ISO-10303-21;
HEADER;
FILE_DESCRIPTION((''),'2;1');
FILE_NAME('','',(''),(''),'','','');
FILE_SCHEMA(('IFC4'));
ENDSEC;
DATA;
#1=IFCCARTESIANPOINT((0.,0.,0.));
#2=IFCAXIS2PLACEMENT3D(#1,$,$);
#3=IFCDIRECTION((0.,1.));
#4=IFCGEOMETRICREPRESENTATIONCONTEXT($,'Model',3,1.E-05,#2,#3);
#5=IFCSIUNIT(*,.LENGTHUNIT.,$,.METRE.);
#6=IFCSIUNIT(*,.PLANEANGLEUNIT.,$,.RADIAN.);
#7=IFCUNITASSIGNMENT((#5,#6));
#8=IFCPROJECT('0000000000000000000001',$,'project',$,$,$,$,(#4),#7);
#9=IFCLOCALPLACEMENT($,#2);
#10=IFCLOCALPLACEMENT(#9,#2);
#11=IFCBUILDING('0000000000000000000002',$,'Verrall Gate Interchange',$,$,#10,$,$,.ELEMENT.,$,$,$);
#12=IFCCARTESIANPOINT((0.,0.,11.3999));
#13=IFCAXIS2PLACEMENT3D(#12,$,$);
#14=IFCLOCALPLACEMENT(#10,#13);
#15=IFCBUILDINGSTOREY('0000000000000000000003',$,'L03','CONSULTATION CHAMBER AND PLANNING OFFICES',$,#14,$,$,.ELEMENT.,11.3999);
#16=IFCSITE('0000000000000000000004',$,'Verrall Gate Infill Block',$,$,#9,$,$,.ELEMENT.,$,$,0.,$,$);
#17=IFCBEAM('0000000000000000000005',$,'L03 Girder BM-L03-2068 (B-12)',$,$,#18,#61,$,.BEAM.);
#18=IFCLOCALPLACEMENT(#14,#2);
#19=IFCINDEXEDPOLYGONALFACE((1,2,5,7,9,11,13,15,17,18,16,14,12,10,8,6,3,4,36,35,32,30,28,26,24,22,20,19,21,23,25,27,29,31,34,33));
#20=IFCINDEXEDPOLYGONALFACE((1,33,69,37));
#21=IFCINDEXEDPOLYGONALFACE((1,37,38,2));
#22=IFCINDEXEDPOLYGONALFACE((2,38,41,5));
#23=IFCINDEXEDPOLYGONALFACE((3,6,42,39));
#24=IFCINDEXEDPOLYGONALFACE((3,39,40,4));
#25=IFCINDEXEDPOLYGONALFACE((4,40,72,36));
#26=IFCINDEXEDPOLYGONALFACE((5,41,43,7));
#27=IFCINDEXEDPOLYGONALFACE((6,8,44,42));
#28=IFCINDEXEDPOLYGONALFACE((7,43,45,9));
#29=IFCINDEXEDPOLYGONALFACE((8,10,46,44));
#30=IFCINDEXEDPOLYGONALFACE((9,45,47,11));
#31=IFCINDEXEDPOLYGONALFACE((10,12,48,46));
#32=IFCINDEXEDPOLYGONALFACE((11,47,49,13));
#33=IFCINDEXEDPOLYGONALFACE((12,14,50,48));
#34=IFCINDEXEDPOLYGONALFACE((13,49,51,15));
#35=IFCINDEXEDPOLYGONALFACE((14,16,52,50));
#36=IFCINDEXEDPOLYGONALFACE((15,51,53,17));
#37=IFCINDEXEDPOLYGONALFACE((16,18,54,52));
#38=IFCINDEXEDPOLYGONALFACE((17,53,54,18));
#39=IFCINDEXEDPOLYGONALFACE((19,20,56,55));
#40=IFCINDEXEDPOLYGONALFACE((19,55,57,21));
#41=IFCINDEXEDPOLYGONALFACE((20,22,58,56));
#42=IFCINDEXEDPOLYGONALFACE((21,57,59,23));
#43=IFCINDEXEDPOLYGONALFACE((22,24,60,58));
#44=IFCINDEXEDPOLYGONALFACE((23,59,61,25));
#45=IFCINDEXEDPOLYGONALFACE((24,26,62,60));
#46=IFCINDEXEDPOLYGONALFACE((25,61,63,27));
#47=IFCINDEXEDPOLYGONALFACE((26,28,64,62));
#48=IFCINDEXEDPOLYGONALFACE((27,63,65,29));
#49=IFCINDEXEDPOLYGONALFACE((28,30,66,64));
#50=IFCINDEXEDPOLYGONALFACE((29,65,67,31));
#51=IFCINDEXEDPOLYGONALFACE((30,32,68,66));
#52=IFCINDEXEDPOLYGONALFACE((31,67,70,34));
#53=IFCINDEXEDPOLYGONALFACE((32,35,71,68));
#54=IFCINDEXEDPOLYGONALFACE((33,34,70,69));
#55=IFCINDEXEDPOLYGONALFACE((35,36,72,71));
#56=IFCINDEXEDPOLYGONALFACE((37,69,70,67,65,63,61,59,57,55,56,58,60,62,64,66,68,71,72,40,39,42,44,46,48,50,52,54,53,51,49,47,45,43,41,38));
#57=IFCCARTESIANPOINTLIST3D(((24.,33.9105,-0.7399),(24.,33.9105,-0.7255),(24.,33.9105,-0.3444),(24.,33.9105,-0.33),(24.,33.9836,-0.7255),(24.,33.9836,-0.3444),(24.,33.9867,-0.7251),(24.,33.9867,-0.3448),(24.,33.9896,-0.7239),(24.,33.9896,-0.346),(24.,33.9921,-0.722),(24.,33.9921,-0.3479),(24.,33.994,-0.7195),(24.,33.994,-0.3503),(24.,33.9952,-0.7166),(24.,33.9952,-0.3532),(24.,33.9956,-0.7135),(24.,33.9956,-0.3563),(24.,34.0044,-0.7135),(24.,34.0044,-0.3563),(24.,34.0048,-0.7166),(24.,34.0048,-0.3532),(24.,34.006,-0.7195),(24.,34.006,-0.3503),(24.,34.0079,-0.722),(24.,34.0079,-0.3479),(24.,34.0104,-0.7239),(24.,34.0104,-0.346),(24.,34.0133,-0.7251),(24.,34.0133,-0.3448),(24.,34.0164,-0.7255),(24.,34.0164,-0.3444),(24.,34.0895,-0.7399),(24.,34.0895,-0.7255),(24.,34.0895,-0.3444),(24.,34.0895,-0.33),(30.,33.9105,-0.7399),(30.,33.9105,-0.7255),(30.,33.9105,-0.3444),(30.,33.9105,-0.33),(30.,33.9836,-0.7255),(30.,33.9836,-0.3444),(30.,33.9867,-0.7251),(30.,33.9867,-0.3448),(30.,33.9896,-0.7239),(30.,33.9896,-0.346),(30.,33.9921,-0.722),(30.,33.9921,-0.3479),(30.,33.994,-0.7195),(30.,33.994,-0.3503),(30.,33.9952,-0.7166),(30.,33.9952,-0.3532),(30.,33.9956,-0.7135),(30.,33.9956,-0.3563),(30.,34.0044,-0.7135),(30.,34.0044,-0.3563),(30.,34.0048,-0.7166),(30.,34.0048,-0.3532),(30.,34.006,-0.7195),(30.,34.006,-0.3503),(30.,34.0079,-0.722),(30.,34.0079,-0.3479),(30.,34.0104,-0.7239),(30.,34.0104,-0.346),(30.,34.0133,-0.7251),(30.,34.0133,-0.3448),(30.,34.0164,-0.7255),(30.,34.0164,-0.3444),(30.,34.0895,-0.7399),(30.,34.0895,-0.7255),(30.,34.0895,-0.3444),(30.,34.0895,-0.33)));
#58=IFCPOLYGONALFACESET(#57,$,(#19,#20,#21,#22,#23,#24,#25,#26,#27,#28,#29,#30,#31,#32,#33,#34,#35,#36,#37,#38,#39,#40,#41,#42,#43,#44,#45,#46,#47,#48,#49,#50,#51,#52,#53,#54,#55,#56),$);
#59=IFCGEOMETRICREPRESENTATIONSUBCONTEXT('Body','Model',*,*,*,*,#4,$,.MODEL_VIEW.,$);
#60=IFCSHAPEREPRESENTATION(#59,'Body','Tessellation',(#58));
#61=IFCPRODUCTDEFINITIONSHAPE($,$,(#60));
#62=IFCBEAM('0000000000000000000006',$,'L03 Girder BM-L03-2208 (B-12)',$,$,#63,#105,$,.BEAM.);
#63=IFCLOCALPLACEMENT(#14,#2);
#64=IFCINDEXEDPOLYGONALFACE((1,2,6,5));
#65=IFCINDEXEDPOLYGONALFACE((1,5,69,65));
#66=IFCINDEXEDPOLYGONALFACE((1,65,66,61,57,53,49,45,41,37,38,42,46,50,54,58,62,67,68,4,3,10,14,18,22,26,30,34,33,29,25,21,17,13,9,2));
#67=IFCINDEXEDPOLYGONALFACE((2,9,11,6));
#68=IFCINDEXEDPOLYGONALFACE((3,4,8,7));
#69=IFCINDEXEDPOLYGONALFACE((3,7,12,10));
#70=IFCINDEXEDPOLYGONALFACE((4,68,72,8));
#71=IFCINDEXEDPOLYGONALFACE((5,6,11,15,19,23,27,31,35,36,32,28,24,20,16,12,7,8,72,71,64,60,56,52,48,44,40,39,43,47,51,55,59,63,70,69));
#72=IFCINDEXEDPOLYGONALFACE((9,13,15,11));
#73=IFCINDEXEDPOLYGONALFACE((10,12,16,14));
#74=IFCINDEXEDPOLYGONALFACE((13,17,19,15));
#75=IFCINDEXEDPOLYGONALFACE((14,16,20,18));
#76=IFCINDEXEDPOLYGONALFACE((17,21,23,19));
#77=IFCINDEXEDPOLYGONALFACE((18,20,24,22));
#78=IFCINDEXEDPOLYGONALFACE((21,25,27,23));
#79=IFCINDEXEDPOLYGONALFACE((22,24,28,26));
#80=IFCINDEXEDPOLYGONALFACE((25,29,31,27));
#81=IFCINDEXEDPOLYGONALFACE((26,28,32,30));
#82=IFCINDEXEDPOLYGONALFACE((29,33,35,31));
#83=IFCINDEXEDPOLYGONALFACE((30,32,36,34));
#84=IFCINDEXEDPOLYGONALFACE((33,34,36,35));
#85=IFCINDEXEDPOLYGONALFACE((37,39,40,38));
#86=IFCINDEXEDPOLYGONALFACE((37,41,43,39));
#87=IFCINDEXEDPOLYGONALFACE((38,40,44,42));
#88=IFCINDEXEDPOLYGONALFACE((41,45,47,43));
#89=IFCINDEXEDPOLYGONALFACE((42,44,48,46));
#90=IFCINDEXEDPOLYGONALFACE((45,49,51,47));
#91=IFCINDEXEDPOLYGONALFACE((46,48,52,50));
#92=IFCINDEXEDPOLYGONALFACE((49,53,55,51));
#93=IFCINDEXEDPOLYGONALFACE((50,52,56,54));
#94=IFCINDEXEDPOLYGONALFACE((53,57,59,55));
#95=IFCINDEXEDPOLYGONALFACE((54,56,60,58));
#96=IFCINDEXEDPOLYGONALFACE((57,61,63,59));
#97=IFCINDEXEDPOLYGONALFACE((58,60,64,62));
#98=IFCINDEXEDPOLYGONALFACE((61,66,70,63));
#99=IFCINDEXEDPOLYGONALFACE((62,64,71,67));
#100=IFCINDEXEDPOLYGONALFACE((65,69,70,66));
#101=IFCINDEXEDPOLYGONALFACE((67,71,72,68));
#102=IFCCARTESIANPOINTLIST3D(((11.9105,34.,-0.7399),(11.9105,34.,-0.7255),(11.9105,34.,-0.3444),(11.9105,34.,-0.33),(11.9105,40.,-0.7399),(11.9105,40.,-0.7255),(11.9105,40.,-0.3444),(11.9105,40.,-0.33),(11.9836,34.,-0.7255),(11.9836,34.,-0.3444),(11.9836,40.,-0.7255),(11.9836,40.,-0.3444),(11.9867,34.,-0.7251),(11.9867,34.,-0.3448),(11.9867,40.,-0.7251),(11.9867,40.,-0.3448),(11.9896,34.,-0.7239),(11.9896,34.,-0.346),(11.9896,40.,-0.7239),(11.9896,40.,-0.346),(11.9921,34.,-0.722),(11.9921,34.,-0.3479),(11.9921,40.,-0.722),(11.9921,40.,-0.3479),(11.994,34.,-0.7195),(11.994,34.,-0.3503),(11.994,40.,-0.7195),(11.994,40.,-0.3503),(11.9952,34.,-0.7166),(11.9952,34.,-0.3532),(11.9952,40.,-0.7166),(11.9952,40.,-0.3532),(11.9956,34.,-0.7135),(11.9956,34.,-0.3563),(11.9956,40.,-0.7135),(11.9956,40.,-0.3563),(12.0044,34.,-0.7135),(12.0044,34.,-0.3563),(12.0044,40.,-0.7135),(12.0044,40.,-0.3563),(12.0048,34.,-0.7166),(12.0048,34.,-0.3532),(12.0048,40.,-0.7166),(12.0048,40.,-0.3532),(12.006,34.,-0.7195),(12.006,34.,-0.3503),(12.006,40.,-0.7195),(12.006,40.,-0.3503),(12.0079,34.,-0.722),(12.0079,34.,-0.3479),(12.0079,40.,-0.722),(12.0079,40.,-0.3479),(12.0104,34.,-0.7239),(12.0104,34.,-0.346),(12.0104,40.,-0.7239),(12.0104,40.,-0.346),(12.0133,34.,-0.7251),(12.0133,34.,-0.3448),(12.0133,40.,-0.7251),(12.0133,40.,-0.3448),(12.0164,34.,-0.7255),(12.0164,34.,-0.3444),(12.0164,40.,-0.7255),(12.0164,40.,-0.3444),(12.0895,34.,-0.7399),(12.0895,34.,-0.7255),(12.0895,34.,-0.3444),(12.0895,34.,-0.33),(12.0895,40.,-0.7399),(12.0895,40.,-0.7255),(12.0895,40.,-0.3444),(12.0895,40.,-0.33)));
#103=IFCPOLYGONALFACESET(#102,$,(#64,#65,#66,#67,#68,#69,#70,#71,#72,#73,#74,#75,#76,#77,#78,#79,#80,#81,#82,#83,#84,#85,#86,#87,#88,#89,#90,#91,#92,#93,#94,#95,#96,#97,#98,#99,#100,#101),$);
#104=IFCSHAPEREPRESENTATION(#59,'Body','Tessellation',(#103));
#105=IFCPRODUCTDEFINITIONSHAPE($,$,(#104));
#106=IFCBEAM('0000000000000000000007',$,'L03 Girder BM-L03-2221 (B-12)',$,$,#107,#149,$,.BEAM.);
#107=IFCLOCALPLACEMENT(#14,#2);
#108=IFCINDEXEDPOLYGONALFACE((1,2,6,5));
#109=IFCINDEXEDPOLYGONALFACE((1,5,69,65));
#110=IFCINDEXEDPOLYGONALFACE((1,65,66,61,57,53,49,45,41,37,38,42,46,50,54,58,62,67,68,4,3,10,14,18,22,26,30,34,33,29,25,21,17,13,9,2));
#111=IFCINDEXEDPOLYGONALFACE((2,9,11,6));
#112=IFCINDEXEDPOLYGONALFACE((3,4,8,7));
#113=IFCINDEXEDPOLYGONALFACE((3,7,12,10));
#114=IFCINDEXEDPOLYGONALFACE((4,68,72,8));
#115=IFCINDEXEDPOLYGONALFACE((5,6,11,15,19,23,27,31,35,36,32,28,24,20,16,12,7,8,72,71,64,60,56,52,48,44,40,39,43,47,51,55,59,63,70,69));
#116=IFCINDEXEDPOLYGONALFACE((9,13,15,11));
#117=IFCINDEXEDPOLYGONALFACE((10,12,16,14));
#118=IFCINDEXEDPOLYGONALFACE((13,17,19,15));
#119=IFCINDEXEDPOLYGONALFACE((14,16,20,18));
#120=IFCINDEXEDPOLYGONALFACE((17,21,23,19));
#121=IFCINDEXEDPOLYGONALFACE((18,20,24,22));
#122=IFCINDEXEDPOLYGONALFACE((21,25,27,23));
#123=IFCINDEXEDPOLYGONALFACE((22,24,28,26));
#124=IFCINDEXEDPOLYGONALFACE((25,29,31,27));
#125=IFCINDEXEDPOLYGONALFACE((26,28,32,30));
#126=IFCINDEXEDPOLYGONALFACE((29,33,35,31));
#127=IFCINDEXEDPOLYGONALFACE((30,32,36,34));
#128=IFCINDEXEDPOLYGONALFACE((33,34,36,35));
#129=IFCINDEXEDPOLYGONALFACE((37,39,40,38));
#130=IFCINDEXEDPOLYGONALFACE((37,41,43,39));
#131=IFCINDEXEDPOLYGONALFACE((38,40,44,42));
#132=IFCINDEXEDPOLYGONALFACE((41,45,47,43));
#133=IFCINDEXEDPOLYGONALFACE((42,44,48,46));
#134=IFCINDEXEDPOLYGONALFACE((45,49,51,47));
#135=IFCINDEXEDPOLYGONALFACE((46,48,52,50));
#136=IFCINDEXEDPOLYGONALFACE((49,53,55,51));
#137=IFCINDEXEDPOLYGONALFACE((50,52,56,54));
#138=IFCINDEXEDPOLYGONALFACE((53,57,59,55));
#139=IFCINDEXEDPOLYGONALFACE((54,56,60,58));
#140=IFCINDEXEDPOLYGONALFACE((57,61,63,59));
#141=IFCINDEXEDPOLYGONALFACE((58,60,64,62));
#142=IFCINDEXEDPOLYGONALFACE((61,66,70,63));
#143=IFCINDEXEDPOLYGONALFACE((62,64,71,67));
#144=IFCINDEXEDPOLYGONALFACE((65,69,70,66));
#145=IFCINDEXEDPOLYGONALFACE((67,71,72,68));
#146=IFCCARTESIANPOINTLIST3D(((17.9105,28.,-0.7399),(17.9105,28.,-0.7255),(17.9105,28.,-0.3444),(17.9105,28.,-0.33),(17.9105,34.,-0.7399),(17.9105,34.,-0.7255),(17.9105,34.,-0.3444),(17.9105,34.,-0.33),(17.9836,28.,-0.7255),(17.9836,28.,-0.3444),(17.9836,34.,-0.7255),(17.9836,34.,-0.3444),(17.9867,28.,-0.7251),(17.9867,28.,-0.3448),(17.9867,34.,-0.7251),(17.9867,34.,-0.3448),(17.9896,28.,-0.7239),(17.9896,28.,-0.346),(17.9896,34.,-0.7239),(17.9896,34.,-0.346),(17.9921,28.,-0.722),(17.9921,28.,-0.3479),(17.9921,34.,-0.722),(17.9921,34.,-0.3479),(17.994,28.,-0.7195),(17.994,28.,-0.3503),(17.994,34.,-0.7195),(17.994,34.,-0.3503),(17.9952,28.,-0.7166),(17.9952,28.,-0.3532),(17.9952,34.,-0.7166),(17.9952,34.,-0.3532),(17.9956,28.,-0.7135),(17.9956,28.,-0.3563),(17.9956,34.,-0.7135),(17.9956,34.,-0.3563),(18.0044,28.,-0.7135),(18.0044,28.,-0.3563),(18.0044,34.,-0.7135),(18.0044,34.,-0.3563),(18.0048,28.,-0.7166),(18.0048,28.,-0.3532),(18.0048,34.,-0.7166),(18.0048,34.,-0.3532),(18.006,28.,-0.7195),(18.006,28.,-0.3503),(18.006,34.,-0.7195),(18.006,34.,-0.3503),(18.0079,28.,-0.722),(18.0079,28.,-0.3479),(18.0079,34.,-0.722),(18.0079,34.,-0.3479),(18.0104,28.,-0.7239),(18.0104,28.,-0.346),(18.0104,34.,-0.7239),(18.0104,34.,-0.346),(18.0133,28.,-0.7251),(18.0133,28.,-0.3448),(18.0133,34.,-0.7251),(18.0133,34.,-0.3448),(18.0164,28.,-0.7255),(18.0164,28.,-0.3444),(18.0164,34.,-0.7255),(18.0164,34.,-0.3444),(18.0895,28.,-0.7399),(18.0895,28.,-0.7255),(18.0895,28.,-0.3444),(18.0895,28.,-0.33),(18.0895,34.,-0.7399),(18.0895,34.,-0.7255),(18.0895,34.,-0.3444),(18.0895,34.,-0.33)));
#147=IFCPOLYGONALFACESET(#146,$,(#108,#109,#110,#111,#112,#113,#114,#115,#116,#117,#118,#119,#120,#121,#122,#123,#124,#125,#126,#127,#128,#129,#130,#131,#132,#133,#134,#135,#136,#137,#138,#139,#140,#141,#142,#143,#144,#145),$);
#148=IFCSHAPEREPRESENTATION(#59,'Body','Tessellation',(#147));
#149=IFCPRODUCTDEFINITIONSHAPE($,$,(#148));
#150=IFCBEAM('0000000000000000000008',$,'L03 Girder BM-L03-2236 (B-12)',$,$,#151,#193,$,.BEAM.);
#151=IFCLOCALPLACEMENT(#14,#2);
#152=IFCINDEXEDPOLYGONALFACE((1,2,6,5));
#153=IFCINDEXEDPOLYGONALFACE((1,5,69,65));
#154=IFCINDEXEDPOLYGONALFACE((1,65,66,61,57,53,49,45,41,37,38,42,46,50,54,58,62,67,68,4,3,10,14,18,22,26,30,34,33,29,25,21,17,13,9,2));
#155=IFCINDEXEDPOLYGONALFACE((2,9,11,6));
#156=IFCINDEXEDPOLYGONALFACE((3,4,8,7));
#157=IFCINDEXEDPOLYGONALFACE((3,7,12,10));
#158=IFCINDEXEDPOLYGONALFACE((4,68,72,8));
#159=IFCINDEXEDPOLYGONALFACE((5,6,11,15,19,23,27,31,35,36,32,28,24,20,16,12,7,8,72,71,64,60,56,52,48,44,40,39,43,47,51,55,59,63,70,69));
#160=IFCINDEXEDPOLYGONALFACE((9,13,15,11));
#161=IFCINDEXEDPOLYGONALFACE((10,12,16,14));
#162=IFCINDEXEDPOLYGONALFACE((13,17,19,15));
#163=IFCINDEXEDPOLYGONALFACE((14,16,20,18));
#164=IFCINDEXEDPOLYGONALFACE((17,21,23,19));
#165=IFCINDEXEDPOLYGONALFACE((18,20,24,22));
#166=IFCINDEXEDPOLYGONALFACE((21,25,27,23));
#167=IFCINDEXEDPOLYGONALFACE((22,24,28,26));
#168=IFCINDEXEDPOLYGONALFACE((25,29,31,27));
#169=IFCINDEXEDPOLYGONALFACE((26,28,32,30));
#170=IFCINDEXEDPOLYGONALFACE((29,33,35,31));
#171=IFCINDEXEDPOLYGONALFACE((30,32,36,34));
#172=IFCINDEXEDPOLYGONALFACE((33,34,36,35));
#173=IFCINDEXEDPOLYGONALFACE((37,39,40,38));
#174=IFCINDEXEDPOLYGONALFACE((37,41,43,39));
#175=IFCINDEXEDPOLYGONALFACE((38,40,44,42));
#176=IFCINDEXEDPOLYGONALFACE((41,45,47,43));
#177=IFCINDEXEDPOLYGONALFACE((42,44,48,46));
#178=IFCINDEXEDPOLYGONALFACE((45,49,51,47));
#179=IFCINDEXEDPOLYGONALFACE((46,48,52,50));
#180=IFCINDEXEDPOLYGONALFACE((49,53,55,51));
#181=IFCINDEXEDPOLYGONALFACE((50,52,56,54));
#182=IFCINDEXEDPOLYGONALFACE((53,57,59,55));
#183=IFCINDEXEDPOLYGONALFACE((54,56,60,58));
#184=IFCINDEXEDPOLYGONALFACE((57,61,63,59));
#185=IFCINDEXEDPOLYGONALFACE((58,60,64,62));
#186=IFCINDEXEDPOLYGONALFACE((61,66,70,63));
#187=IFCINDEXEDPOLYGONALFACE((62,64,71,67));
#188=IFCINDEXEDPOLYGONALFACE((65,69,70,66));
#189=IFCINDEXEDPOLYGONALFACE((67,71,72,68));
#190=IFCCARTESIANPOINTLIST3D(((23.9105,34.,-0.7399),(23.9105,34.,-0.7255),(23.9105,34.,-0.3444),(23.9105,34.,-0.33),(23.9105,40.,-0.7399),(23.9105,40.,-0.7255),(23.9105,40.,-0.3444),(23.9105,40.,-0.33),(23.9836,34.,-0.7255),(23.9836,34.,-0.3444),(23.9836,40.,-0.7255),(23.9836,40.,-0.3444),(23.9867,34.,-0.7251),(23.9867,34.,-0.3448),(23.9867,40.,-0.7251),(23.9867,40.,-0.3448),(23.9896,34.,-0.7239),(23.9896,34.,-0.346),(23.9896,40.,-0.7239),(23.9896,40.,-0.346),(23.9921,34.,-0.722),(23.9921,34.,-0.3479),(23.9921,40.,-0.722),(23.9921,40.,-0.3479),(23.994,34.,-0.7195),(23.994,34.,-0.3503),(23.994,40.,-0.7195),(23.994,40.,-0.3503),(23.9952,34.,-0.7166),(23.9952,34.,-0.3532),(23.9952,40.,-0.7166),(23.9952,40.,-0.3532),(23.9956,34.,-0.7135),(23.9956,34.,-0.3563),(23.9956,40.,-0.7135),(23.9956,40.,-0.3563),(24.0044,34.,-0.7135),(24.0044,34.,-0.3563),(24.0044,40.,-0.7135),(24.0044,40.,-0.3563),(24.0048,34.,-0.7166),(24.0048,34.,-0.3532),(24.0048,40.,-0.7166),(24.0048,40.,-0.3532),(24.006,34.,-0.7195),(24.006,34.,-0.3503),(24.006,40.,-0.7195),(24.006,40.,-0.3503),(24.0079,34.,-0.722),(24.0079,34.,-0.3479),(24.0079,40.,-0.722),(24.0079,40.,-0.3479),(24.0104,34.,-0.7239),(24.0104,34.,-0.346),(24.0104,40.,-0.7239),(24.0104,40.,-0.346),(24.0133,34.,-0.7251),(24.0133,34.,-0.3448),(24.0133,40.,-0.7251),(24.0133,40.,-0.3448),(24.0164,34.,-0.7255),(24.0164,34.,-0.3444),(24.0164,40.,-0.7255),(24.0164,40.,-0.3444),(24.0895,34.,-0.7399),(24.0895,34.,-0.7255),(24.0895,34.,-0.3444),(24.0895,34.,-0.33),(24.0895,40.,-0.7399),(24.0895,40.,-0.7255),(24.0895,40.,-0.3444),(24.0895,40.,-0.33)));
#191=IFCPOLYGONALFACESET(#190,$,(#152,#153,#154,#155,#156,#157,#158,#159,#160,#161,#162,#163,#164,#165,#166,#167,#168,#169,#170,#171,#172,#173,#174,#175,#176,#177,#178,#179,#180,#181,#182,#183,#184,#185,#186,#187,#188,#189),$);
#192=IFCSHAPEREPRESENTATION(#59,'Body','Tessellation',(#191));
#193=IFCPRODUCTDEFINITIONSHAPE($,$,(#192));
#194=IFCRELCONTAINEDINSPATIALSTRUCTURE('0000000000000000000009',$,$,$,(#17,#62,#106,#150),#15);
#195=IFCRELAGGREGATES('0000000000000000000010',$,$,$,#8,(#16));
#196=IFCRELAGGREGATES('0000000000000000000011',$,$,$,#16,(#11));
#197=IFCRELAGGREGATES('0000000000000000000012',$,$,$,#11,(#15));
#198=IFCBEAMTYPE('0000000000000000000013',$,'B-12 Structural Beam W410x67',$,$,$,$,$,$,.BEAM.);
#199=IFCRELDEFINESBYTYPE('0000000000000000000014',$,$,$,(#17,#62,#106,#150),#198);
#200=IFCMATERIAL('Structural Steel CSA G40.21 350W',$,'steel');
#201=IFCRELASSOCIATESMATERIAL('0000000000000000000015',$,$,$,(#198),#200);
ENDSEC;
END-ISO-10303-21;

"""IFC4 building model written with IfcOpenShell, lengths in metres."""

from ifc_helpers import new_model, si_unit, direction, frame, origin, origin_2d, place, context, subcontext, project, spatial, i_section, extrude, material, material_profile, profile_set, type_object, element, save


model = new_model("IFC4")

# Units and contexts
model_context = context("Model", 3, precision=1e-05, world=origin(), true_north=direction((0.0, 1.0)))
body_context = subcontext(model_context, "Body", "Model", "MODEL_VIEW")
ifc_project = project(units=[si_unit("LENGTHUNIT", "METRE"), si_unit("PLANEANGLEUNIT", "RADIAN")], contexts=[model_context])

# Site, building, storey
site_placement = place(None, origin())
site = spatial("IfcSite", under=ifc_project, at=site_placement, Name="Verrall Gate Infill Block", CompositionType="ELEMENT", RefElevation=0.0)
building_placement = place(site_placement, origin())
building = spatial("IfcBuilding", under=site, at=building_placement, Name="Verrall Gate Interchange", CompositionType="ELEMENT")
storey_placement = place(building_placement, frame((0.0, 0.0, 11.3999)))
storey = spatial("IfcBuildingStorey", under=building, at=storey_placement, Name="L03", Description="CONSULTATION CHAMBER AND PLANNING OFFICES", CompositionType="ELEMENT", Elevation=11.3999)

# Beams
ifc_material_1 = material(Name="Structural Steel CSA G40.21 350W", Category="steel")
ifc_material_profile_1 = material_profile(ifc_material_1, i_section(OverallWidth=0.179, OverallDepth=0.4099, WebThickness=0.0088, FlangeThickness=0.0144, FilletRadius=0.012, at=origin_2d()), Name="W410x67")
ifc_profile_set_1 = profile_set([ifc_material_profile_1], Name="Structural Steel CSA G40.21 350W")
beam_type_1 = type_object("IfcBeamType", Name="B-12 Structural Beam W410x67", PredefinedType="BEAM", material=ifc_profile_set_1)
for number, where, z_axis, x_axis, name in (
    (1, (24.0, 34.0, -0.5349), (1.0, 0.0, 0.0), (0.0, 1.0, 0.0), "L03 Girder BM-L03-2068 (B-12)"),
    (2, (12.0, 34.0, -0.5349), (0.0, 1.0, 0.0), (-1.0, 0.0, 0.0), "L03 Girder BM-L03-2208 (B-12)"),
    (3, (18.0, 28.0, -0.5349), (0.0, 1.0, 0.0), (-1.0, 0.0, 0.0), "L03 Girder BM-L03-2221 (B-12)"),
    (4, (24.0, 34.0, -0.5349), (0.0, 1.0, 0.0), (-1.0, 0.0, 0.0), "L03 Girder BM-L03-2236 (B-12)"),
):
    element("IfcBeam", number, at=place(storey_placement, frame(where, z_axis=z_axis, x_axis=x_axis)), inside=storey, type_object=beam_type_1, Name=name, PredefinedType="BEAM", context=body_context, shape_type="SweptSolid", body=[
        extrude(i_section(OverallWidth=0.179, OverallDepth=0.4099, WebThickness=0.0088, FlangeThickness=0.0144, FilletRadius=0.012, at=origin_2d()), origin(), (0.0, 0.0, 1.0), 6.0),
    ])

save(model, "model.ifc")
